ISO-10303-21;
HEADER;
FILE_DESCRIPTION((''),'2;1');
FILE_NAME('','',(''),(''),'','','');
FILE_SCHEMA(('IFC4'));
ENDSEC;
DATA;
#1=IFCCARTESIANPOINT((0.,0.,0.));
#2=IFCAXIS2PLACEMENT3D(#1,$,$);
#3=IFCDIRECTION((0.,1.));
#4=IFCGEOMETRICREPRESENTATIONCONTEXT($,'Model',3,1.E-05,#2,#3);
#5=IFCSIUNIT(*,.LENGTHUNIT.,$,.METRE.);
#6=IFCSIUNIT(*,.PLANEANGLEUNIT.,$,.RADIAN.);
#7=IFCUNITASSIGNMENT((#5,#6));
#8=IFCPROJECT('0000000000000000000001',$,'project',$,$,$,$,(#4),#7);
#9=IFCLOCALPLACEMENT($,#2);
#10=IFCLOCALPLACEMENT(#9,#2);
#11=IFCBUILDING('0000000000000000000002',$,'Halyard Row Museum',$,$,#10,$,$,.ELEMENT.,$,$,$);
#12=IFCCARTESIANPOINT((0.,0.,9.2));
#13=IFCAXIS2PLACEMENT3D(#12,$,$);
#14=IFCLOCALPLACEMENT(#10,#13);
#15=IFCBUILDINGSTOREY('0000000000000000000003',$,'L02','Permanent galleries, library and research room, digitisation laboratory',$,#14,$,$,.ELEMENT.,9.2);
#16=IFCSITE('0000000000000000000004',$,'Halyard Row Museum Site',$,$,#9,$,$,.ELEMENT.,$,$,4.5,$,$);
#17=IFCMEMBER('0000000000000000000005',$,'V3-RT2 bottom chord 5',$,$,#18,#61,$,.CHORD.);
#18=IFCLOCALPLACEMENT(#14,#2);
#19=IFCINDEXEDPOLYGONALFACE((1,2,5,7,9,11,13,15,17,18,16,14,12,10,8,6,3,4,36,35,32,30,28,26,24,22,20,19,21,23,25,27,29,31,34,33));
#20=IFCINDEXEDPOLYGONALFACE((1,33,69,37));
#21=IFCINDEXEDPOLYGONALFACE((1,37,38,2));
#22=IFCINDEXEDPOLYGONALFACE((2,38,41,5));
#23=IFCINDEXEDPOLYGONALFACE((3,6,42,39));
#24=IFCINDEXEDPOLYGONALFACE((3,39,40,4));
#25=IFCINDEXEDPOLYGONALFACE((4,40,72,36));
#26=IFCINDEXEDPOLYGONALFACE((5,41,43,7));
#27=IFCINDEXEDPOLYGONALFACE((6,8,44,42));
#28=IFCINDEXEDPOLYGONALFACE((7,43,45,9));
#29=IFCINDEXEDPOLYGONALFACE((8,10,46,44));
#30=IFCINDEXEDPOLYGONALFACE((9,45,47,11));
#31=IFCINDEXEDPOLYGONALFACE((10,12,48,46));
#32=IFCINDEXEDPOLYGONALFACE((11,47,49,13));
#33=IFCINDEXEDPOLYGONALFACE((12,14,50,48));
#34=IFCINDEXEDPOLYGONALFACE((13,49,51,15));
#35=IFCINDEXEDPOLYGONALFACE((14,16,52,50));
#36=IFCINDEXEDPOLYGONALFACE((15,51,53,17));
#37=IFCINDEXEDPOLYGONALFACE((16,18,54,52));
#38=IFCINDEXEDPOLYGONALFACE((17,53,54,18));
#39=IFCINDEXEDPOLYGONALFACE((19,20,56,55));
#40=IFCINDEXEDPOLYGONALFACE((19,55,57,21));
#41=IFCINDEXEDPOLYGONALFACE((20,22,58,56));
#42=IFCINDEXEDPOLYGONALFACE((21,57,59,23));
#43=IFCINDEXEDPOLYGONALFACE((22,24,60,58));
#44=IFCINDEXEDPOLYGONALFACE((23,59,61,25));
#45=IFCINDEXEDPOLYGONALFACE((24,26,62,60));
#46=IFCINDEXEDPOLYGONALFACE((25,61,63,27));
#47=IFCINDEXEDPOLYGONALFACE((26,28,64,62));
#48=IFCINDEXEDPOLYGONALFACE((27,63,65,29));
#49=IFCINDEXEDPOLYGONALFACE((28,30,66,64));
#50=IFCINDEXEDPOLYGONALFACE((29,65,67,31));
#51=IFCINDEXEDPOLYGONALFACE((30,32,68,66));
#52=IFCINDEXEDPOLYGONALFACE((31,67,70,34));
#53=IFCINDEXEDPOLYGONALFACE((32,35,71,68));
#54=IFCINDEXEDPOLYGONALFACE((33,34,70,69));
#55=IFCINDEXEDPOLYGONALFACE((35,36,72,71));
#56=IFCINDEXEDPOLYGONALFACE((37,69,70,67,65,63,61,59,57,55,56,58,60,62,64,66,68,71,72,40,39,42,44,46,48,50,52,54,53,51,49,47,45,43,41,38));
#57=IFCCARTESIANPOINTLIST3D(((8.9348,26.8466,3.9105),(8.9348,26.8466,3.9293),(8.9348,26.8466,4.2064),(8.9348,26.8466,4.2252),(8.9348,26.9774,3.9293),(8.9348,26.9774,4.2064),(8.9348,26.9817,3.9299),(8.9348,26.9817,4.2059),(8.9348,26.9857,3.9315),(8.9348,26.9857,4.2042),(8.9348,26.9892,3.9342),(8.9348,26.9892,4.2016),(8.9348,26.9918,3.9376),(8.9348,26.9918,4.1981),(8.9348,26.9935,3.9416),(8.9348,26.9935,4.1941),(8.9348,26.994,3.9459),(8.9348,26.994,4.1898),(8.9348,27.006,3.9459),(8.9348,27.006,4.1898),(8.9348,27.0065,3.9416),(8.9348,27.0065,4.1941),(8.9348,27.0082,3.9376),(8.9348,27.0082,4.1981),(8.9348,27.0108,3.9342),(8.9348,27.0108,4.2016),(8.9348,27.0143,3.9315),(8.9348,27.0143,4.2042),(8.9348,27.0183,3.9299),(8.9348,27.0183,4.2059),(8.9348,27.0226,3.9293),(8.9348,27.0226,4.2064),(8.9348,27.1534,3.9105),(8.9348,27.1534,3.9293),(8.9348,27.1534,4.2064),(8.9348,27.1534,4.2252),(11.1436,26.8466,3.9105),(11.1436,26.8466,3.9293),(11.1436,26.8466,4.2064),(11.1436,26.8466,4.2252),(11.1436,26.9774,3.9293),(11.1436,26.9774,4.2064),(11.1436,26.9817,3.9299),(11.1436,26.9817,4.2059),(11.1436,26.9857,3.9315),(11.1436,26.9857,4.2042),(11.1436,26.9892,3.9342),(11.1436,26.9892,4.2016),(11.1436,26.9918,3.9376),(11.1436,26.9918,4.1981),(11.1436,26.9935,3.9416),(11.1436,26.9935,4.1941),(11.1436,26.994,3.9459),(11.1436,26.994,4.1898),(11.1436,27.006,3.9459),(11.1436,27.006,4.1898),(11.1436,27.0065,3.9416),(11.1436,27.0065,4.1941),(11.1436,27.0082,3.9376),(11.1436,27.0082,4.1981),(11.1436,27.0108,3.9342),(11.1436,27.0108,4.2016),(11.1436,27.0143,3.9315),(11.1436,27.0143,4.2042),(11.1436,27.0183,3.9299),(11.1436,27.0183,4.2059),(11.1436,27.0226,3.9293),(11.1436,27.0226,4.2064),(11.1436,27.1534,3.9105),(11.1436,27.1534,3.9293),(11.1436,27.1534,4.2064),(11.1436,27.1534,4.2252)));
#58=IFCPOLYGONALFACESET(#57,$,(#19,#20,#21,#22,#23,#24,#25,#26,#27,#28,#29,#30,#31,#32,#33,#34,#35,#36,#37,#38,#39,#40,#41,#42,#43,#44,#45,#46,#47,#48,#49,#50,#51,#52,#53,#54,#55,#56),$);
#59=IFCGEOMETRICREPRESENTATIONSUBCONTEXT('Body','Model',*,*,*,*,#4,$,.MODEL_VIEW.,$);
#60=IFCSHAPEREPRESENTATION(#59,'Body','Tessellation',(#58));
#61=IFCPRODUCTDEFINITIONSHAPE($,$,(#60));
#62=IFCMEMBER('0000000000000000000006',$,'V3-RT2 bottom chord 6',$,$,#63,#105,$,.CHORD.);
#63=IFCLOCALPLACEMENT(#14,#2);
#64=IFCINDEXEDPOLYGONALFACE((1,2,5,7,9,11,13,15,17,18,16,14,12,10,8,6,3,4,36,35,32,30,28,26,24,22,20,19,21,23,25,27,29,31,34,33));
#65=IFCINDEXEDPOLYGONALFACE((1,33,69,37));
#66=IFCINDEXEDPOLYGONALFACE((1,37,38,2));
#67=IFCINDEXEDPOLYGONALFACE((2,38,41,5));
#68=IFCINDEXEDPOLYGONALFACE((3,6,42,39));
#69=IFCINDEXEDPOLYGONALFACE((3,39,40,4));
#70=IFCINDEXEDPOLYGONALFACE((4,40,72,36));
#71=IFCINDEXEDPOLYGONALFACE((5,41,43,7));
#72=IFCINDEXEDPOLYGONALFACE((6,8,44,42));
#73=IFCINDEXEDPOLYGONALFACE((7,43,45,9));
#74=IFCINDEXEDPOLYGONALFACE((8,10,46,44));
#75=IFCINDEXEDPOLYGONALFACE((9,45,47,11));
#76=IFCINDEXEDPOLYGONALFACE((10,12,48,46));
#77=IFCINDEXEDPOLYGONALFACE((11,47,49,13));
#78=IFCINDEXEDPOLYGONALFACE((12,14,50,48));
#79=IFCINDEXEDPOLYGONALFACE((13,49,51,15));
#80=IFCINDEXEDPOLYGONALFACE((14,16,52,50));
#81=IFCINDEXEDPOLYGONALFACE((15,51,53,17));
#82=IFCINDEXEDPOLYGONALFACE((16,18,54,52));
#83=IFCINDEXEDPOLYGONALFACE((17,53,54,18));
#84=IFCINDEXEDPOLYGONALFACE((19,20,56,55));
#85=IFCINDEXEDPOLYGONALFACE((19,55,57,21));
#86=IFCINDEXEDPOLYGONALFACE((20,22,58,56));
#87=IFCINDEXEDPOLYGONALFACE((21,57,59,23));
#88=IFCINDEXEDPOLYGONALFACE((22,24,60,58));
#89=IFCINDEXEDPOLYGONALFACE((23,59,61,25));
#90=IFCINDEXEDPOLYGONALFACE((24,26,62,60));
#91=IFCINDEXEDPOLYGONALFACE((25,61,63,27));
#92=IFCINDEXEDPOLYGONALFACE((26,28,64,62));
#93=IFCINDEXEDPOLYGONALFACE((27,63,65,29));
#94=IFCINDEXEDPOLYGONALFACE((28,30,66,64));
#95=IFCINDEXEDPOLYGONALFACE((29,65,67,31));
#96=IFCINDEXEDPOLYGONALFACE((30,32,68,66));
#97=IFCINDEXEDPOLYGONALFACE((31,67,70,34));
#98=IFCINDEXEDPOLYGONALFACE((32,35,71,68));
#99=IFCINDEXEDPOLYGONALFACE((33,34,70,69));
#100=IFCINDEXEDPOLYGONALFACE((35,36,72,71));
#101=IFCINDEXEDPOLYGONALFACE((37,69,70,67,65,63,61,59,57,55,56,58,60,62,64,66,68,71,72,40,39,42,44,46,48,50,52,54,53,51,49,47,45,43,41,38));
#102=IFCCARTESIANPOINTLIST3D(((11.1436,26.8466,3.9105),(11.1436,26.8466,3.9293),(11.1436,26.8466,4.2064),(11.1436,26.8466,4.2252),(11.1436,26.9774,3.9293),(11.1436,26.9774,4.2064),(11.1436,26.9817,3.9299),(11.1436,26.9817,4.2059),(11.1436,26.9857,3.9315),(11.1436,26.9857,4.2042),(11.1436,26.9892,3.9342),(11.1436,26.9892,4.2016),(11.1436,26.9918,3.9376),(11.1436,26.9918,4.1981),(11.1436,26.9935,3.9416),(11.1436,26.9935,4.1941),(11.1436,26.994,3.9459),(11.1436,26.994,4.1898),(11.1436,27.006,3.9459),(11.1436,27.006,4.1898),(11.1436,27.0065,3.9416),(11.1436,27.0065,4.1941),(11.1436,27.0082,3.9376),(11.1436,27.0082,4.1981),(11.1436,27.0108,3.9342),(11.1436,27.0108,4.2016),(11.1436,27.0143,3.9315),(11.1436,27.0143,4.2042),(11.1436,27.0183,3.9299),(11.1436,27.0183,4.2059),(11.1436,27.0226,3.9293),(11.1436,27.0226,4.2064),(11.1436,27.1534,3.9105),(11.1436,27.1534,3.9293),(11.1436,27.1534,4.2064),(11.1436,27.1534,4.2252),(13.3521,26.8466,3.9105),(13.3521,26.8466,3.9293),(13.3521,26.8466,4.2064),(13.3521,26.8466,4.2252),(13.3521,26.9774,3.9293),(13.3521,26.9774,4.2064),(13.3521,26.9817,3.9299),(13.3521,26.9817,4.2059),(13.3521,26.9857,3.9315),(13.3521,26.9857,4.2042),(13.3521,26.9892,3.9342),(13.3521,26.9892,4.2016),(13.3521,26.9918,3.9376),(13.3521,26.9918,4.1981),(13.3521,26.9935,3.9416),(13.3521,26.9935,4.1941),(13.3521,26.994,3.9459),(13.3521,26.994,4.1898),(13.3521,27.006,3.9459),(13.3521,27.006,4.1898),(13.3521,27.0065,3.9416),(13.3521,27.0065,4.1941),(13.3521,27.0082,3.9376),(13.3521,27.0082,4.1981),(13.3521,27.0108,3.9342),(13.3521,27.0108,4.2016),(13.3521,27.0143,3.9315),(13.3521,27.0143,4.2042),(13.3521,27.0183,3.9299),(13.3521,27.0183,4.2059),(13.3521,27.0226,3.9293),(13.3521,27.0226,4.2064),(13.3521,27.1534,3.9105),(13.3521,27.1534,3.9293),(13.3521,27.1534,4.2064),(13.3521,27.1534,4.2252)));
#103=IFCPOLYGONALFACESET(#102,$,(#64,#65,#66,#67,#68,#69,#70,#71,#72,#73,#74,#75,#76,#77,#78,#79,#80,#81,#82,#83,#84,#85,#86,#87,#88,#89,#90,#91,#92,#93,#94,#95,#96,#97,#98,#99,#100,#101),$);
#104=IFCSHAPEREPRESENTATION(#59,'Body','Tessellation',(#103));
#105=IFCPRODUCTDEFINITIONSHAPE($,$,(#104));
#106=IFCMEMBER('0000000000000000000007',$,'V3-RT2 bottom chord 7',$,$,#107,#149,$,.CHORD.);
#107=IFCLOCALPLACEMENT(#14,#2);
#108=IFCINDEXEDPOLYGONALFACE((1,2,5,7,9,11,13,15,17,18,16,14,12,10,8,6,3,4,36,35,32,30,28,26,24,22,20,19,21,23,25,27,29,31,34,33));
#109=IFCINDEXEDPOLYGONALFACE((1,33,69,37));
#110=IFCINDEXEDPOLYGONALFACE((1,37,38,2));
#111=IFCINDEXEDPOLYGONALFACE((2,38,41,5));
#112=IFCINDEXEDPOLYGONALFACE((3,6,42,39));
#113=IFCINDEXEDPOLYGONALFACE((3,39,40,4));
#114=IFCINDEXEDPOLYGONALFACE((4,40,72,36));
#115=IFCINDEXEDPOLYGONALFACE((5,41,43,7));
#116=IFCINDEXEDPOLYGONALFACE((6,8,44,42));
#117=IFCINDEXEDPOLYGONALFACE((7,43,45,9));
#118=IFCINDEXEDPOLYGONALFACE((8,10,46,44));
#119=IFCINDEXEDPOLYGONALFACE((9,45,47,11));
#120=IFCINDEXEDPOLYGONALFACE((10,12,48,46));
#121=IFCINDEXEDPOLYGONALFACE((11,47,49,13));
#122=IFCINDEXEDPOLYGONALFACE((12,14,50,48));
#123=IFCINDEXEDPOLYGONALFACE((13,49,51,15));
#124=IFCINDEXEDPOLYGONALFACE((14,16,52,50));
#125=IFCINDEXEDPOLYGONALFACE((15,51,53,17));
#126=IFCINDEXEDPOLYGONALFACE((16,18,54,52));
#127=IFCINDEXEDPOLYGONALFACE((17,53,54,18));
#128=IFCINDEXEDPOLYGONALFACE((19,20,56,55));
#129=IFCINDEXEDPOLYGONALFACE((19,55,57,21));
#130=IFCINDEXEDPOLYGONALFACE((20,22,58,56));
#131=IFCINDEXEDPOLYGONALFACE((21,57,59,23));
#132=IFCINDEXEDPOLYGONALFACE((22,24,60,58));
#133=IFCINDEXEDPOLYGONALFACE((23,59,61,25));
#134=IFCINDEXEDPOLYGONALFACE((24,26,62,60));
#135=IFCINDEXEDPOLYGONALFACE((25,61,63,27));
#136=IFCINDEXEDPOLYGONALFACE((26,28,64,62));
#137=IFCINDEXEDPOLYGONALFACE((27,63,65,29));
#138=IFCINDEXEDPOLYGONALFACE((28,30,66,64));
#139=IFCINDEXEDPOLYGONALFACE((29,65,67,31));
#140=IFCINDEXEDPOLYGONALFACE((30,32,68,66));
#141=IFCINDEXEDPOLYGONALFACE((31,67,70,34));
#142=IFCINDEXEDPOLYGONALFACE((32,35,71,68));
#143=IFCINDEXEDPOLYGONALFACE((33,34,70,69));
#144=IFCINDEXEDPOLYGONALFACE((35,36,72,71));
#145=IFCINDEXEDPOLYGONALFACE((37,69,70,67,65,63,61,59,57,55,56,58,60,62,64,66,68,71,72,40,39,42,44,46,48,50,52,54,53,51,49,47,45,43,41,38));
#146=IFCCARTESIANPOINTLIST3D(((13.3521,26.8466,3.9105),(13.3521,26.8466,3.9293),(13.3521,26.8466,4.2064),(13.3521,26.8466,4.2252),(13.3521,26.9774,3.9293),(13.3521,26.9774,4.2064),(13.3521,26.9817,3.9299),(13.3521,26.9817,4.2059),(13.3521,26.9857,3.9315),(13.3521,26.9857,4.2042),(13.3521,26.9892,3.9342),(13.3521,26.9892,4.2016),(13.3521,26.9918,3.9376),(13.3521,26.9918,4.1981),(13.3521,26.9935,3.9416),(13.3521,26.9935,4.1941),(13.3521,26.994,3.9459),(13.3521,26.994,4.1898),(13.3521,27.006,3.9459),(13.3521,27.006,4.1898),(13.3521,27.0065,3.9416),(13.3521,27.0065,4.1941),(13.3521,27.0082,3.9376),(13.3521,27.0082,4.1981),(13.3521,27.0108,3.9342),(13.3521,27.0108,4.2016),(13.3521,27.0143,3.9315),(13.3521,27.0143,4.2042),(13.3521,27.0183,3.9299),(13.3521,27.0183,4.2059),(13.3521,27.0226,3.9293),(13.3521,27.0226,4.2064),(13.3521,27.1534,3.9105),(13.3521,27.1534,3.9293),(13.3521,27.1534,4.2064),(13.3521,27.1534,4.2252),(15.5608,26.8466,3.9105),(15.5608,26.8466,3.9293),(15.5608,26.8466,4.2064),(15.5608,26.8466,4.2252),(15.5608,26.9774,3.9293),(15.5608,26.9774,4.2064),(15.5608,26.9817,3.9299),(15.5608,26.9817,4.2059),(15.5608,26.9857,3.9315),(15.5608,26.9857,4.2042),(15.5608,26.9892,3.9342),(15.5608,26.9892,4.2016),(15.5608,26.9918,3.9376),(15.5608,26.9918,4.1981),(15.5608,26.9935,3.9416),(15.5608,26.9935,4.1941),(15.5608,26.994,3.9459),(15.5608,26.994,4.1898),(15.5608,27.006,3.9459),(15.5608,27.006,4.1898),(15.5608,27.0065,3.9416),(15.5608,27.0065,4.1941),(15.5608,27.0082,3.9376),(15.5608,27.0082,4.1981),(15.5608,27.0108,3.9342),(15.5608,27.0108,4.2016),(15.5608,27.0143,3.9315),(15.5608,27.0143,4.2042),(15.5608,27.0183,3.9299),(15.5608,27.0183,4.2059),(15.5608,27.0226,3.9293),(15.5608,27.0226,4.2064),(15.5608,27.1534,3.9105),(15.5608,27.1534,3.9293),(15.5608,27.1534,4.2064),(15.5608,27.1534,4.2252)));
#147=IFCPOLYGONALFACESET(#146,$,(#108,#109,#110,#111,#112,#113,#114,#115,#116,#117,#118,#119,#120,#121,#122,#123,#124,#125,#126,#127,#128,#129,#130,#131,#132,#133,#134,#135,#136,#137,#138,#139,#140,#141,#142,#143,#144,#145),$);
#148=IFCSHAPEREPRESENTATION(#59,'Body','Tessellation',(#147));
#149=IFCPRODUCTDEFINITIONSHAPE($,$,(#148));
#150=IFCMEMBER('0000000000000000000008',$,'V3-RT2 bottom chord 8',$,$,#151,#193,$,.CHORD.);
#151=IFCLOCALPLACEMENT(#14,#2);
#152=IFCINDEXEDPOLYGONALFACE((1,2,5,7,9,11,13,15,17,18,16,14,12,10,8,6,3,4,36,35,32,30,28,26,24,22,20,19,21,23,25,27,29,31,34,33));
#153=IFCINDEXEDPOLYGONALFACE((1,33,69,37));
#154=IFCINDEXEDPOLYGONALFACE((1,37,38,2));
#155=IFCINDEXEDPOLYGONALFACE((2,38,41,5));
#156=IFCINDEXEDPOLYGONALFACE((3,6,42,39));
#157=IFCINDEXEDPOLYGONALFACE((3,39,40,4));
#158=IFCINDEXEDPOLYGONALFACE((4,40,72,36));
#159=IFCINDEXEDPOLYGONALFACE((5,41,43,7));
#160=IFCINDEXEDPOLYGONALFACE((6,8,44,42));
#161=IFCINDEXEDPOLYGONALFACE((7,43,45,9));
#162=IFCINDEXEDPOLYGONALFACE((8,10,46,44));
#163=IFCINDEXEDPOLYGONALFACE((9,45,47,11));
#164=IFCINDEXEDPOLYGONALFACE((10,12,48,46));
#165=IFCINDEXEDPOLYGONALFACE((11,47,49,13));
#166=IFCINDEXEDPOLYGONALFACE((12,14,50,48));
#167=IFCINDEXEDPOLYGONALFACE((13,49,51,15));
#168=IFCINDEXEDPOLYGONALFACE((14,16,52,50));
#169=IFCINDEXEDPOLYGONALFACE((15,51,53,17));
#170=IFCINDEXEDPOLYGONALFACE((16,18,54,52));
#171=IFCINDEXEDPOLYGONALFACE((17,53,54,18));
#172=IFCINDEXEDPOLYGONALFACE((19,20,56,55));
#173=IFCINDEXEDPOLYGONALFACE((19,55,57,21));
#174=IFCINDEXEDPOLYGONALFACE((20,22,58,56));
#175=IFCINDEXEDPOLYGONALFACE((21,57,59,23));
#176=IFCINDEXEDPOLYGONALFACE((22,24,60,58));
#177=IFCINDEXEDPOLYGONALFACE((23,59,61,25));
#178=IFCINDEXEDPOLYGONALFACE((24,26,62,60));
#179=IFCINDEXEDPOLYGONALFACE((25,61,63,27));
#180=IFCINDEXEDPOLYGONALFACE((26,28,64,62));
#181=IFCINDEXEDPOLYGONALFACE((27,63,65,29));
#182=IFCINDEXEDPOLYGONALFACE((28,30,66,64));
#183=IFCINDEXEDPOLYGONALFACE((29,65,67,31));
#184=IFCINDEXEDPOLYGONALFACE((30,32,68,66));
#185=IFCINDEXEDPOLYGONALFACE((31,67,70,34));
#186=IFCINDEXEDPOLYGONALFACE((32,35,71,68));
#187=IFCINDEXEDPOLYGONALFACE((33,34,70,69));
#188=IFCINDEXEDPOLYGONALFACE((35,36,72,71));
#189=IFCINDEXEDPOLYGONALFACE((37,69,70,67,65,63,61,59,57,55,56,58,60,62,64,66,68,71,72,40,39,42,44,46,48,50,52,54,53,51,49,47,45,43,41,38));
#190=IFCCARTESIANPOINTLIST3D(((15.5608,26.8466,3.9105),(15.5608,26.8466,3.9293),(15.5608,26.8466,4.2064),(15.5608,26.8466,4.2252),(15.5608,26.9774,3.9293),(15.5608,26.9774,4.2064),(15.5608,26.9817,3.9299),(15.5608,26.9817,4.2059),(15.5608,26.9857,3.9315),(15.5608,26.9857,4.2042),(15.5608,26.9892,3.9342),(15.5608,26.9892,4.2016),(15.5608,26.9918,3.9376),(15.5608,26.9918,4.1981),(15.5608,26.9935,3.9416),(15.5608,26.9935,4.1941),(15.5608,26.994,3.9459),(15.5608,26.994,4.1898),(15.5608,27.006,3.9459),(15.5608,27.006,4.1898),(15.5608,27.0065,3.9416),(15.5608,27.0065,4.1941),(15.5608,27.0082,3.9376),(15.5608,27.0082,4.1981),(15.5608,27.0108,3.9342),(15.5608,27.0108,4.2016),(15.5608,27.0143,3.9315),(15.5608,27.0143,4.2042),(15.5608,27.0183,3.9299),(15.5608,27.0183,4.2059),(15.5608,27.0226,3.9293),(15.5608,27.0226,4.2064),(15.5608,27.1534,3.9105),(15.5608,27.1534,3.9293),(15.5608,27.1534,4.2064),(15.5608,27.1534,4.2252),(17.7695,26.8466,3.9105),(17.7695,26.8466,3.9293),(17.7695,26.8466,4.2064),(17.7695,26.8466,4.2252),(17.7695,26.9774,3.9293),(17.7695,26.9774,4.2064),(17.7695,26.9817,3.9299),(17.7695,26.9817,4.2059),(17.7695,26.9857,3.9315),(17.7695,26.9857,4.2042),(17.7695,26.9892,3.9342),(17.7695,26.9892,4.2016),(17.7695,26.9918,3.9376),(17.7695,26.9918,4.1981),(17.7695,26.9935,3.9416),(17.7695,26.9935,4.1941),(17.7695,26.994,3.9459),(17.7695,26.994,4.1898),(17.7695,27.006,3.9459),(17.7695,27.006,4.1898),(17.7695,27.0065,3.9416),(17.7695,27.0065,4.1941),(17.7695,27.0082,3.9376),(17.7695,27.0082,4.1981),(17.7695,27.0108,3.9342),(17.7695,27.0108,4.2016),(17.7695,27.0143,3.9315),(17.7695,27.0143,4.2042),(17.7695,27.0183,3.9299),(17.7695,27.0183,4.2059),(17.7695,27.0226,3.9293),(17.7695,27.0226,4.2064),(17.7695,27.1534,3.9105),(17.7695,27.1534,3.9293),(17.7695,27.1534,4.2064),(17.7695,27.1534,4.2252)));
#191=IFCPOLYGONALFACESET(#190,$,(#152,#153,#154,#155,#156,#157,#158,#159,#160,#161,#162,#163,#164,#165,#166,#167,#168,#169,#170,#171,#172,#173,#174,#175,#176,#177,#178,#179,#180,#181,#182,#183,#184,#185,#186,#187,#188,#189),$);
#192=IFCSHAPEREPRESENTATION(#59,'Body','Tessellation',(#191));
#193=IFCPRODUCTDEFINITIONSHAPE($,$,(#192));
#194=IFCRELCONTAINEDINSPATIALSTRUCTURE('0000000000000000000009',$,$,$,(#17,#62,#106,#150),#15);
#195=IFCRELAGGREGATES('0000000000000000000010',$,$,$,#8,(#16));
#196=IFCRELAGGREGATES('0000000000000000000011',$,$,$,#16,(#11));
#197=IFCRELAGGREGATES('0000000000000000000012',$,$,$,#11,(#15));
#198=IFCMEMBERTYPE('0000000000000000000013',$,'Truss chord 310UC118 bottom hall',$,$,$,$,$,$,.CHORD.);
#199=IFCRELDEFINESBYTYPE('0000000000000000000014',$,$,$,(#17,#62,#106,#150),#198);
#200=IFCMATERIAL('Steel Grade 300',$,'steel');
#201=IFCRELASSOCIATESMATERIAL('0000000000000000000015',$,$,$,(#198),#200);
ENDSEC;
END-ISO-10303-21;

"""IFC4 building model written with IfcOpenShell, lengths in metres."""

from ifc_helpers import new_model, si_unit, direction, frame, origin, origin_2d, place, context, subcontext, project, spatial, i_section, extrude, material, material_profile, profile_set, type_object, element, save


model = new_model("IFC4")

# Units and contexts
model_context = context("Model", 3, precision=1e-05, world=origin(), true_north=direction((0.0, 1.0)))
body_context = subcontext(model_context, "Body", "Model", "MODEL_VIEW")
ifc_project = project(units=[si_unit("LENGTHUNIT", "METRE"), si_unit("PLANEANGLEUNIT", "RADIAN")], contexts=[model_context])

# Site, building, storey
site_placement = place(None, origin())
site = spatial("IfcSite", under=ifc_project, at=site_placement, Name="Halyard Row Museum Site", CompositionType="ELEMENT", RefElevation=4.5)
building_placement = place(site_placement, origin())
building = spatial("IfcBuilding", under=site, at=building_placement, Name="Halyard Row Museum", CompositionType="ELEMENT")
storey_placement = place(building_placement, frame((0.0, 0.0, 9.2)))
storey = spatial("IfcBuildingStorey", under=building, at=storey_placement, Name="L02", Description="Permanent galleries, library and research room, digitisation laboratory", CompositionType="ELEMENT", Elevation=9.2)

# Members
ifc_material_1 = material(Name="Steel Grade 300", Category="steel")
ifc_material_profile_1 = material_profile(ifc_material_1, i_section(OverallWidth=0.3069, OverallDepth=0.3147, WebThickness=0.012, FlangeThickness=0.0188, FilletRadius=0.0166, at=origin_2d()), Name="310UC118")
ifc_profile_set_1 = profile_set([ifc_material_profile_1], Name="Steel Grade 300")
member_type_1 = type_object("IfcMemberType", Name="Truss chord 310UC118 bottom hall", PredefinedType="CHORD", material=ifc_profile_set_1)
for number, where, z_axis, x_axis, name in (
    (1, (8.9348, 27.0, 4.0679), (1.0, 0.0, 0.0), (0.0, 1.0, 0.0), "V3-RT2 bottom chord 5"),
):
    element("IfcMember", number, at=place(storey_placement, frame(where, z_axis=z_axis, x_axis=x_axis)), inside=storey, type_object=member_type_1, Name=name, PredefinedType="CHORD", context=body_context, shape_type="SweptSolid", body=[
        extrude(i_section(OverallWidth=0.3069, OverallDepth=0.3147, WebThickness=0.012, FlangeThickness=0.0188, FilletRadius=0.0166, at=origin_2d()), origin(), (0.0, 0.0, 1.0), 2.2087),
    ])
member_1_placement = place(storey_placement, frame((11.1436, 27.0, 4.0679), z_axis=(1.0, 0.0, 0.0), x_axis=(0.0, 1.0, 0.0)))
element("IfcMember", 2, at=member_1_placement, inside=storey, type_object=member_type_1, Name="V3-RT2 bottom chord 6", PredefinedType="CHORD", context=body_context, shape_type="SweptSolid", body=[
    extrude(i_section(OverallWidth=0.3069, OverallDepth=0.3147, WebThickness=0.012, FlangeThickness=0.0188, FilletRadius=0.0166, at=origin_2d()), origin(), (0.0, 0.0, 1.0), 2.2085),
])
for number, where, z_axis, x_axis, name in (
    (3, (13.3521, 27.0, 4.0679), (1.0, 0.0, 0.0), (0.0, 1.0, 0.0), "V3-RT2 bottom chord 7"),
    (4, (15.5608, 27.0, 4.0679), (1.0, 0.0, 0.0), (0.0, 1.0, 0.0), "V3-RT2 bottom chord 8"),
):
    element("IfcMember", number, at=place(storey_placement, frame(where, z_axis=z_axis, x_axis=x_axis)), inside=storey, type_object=member_type_1, Name=name, PredefinedType="CHORD", context=body_context, shape_type="SweptSolid", body=[
        extrude(i_section(OverallWidth=0.3069, OverallDepth=0.3147, WebThickness=0.012, FlangeThickness=0.0188, FilletRadius=0.0166, at=origin_2d()), origin(), (0.0, 0.0, 1.0), 2.2087),
    ])

save(model, "model.ifc")
